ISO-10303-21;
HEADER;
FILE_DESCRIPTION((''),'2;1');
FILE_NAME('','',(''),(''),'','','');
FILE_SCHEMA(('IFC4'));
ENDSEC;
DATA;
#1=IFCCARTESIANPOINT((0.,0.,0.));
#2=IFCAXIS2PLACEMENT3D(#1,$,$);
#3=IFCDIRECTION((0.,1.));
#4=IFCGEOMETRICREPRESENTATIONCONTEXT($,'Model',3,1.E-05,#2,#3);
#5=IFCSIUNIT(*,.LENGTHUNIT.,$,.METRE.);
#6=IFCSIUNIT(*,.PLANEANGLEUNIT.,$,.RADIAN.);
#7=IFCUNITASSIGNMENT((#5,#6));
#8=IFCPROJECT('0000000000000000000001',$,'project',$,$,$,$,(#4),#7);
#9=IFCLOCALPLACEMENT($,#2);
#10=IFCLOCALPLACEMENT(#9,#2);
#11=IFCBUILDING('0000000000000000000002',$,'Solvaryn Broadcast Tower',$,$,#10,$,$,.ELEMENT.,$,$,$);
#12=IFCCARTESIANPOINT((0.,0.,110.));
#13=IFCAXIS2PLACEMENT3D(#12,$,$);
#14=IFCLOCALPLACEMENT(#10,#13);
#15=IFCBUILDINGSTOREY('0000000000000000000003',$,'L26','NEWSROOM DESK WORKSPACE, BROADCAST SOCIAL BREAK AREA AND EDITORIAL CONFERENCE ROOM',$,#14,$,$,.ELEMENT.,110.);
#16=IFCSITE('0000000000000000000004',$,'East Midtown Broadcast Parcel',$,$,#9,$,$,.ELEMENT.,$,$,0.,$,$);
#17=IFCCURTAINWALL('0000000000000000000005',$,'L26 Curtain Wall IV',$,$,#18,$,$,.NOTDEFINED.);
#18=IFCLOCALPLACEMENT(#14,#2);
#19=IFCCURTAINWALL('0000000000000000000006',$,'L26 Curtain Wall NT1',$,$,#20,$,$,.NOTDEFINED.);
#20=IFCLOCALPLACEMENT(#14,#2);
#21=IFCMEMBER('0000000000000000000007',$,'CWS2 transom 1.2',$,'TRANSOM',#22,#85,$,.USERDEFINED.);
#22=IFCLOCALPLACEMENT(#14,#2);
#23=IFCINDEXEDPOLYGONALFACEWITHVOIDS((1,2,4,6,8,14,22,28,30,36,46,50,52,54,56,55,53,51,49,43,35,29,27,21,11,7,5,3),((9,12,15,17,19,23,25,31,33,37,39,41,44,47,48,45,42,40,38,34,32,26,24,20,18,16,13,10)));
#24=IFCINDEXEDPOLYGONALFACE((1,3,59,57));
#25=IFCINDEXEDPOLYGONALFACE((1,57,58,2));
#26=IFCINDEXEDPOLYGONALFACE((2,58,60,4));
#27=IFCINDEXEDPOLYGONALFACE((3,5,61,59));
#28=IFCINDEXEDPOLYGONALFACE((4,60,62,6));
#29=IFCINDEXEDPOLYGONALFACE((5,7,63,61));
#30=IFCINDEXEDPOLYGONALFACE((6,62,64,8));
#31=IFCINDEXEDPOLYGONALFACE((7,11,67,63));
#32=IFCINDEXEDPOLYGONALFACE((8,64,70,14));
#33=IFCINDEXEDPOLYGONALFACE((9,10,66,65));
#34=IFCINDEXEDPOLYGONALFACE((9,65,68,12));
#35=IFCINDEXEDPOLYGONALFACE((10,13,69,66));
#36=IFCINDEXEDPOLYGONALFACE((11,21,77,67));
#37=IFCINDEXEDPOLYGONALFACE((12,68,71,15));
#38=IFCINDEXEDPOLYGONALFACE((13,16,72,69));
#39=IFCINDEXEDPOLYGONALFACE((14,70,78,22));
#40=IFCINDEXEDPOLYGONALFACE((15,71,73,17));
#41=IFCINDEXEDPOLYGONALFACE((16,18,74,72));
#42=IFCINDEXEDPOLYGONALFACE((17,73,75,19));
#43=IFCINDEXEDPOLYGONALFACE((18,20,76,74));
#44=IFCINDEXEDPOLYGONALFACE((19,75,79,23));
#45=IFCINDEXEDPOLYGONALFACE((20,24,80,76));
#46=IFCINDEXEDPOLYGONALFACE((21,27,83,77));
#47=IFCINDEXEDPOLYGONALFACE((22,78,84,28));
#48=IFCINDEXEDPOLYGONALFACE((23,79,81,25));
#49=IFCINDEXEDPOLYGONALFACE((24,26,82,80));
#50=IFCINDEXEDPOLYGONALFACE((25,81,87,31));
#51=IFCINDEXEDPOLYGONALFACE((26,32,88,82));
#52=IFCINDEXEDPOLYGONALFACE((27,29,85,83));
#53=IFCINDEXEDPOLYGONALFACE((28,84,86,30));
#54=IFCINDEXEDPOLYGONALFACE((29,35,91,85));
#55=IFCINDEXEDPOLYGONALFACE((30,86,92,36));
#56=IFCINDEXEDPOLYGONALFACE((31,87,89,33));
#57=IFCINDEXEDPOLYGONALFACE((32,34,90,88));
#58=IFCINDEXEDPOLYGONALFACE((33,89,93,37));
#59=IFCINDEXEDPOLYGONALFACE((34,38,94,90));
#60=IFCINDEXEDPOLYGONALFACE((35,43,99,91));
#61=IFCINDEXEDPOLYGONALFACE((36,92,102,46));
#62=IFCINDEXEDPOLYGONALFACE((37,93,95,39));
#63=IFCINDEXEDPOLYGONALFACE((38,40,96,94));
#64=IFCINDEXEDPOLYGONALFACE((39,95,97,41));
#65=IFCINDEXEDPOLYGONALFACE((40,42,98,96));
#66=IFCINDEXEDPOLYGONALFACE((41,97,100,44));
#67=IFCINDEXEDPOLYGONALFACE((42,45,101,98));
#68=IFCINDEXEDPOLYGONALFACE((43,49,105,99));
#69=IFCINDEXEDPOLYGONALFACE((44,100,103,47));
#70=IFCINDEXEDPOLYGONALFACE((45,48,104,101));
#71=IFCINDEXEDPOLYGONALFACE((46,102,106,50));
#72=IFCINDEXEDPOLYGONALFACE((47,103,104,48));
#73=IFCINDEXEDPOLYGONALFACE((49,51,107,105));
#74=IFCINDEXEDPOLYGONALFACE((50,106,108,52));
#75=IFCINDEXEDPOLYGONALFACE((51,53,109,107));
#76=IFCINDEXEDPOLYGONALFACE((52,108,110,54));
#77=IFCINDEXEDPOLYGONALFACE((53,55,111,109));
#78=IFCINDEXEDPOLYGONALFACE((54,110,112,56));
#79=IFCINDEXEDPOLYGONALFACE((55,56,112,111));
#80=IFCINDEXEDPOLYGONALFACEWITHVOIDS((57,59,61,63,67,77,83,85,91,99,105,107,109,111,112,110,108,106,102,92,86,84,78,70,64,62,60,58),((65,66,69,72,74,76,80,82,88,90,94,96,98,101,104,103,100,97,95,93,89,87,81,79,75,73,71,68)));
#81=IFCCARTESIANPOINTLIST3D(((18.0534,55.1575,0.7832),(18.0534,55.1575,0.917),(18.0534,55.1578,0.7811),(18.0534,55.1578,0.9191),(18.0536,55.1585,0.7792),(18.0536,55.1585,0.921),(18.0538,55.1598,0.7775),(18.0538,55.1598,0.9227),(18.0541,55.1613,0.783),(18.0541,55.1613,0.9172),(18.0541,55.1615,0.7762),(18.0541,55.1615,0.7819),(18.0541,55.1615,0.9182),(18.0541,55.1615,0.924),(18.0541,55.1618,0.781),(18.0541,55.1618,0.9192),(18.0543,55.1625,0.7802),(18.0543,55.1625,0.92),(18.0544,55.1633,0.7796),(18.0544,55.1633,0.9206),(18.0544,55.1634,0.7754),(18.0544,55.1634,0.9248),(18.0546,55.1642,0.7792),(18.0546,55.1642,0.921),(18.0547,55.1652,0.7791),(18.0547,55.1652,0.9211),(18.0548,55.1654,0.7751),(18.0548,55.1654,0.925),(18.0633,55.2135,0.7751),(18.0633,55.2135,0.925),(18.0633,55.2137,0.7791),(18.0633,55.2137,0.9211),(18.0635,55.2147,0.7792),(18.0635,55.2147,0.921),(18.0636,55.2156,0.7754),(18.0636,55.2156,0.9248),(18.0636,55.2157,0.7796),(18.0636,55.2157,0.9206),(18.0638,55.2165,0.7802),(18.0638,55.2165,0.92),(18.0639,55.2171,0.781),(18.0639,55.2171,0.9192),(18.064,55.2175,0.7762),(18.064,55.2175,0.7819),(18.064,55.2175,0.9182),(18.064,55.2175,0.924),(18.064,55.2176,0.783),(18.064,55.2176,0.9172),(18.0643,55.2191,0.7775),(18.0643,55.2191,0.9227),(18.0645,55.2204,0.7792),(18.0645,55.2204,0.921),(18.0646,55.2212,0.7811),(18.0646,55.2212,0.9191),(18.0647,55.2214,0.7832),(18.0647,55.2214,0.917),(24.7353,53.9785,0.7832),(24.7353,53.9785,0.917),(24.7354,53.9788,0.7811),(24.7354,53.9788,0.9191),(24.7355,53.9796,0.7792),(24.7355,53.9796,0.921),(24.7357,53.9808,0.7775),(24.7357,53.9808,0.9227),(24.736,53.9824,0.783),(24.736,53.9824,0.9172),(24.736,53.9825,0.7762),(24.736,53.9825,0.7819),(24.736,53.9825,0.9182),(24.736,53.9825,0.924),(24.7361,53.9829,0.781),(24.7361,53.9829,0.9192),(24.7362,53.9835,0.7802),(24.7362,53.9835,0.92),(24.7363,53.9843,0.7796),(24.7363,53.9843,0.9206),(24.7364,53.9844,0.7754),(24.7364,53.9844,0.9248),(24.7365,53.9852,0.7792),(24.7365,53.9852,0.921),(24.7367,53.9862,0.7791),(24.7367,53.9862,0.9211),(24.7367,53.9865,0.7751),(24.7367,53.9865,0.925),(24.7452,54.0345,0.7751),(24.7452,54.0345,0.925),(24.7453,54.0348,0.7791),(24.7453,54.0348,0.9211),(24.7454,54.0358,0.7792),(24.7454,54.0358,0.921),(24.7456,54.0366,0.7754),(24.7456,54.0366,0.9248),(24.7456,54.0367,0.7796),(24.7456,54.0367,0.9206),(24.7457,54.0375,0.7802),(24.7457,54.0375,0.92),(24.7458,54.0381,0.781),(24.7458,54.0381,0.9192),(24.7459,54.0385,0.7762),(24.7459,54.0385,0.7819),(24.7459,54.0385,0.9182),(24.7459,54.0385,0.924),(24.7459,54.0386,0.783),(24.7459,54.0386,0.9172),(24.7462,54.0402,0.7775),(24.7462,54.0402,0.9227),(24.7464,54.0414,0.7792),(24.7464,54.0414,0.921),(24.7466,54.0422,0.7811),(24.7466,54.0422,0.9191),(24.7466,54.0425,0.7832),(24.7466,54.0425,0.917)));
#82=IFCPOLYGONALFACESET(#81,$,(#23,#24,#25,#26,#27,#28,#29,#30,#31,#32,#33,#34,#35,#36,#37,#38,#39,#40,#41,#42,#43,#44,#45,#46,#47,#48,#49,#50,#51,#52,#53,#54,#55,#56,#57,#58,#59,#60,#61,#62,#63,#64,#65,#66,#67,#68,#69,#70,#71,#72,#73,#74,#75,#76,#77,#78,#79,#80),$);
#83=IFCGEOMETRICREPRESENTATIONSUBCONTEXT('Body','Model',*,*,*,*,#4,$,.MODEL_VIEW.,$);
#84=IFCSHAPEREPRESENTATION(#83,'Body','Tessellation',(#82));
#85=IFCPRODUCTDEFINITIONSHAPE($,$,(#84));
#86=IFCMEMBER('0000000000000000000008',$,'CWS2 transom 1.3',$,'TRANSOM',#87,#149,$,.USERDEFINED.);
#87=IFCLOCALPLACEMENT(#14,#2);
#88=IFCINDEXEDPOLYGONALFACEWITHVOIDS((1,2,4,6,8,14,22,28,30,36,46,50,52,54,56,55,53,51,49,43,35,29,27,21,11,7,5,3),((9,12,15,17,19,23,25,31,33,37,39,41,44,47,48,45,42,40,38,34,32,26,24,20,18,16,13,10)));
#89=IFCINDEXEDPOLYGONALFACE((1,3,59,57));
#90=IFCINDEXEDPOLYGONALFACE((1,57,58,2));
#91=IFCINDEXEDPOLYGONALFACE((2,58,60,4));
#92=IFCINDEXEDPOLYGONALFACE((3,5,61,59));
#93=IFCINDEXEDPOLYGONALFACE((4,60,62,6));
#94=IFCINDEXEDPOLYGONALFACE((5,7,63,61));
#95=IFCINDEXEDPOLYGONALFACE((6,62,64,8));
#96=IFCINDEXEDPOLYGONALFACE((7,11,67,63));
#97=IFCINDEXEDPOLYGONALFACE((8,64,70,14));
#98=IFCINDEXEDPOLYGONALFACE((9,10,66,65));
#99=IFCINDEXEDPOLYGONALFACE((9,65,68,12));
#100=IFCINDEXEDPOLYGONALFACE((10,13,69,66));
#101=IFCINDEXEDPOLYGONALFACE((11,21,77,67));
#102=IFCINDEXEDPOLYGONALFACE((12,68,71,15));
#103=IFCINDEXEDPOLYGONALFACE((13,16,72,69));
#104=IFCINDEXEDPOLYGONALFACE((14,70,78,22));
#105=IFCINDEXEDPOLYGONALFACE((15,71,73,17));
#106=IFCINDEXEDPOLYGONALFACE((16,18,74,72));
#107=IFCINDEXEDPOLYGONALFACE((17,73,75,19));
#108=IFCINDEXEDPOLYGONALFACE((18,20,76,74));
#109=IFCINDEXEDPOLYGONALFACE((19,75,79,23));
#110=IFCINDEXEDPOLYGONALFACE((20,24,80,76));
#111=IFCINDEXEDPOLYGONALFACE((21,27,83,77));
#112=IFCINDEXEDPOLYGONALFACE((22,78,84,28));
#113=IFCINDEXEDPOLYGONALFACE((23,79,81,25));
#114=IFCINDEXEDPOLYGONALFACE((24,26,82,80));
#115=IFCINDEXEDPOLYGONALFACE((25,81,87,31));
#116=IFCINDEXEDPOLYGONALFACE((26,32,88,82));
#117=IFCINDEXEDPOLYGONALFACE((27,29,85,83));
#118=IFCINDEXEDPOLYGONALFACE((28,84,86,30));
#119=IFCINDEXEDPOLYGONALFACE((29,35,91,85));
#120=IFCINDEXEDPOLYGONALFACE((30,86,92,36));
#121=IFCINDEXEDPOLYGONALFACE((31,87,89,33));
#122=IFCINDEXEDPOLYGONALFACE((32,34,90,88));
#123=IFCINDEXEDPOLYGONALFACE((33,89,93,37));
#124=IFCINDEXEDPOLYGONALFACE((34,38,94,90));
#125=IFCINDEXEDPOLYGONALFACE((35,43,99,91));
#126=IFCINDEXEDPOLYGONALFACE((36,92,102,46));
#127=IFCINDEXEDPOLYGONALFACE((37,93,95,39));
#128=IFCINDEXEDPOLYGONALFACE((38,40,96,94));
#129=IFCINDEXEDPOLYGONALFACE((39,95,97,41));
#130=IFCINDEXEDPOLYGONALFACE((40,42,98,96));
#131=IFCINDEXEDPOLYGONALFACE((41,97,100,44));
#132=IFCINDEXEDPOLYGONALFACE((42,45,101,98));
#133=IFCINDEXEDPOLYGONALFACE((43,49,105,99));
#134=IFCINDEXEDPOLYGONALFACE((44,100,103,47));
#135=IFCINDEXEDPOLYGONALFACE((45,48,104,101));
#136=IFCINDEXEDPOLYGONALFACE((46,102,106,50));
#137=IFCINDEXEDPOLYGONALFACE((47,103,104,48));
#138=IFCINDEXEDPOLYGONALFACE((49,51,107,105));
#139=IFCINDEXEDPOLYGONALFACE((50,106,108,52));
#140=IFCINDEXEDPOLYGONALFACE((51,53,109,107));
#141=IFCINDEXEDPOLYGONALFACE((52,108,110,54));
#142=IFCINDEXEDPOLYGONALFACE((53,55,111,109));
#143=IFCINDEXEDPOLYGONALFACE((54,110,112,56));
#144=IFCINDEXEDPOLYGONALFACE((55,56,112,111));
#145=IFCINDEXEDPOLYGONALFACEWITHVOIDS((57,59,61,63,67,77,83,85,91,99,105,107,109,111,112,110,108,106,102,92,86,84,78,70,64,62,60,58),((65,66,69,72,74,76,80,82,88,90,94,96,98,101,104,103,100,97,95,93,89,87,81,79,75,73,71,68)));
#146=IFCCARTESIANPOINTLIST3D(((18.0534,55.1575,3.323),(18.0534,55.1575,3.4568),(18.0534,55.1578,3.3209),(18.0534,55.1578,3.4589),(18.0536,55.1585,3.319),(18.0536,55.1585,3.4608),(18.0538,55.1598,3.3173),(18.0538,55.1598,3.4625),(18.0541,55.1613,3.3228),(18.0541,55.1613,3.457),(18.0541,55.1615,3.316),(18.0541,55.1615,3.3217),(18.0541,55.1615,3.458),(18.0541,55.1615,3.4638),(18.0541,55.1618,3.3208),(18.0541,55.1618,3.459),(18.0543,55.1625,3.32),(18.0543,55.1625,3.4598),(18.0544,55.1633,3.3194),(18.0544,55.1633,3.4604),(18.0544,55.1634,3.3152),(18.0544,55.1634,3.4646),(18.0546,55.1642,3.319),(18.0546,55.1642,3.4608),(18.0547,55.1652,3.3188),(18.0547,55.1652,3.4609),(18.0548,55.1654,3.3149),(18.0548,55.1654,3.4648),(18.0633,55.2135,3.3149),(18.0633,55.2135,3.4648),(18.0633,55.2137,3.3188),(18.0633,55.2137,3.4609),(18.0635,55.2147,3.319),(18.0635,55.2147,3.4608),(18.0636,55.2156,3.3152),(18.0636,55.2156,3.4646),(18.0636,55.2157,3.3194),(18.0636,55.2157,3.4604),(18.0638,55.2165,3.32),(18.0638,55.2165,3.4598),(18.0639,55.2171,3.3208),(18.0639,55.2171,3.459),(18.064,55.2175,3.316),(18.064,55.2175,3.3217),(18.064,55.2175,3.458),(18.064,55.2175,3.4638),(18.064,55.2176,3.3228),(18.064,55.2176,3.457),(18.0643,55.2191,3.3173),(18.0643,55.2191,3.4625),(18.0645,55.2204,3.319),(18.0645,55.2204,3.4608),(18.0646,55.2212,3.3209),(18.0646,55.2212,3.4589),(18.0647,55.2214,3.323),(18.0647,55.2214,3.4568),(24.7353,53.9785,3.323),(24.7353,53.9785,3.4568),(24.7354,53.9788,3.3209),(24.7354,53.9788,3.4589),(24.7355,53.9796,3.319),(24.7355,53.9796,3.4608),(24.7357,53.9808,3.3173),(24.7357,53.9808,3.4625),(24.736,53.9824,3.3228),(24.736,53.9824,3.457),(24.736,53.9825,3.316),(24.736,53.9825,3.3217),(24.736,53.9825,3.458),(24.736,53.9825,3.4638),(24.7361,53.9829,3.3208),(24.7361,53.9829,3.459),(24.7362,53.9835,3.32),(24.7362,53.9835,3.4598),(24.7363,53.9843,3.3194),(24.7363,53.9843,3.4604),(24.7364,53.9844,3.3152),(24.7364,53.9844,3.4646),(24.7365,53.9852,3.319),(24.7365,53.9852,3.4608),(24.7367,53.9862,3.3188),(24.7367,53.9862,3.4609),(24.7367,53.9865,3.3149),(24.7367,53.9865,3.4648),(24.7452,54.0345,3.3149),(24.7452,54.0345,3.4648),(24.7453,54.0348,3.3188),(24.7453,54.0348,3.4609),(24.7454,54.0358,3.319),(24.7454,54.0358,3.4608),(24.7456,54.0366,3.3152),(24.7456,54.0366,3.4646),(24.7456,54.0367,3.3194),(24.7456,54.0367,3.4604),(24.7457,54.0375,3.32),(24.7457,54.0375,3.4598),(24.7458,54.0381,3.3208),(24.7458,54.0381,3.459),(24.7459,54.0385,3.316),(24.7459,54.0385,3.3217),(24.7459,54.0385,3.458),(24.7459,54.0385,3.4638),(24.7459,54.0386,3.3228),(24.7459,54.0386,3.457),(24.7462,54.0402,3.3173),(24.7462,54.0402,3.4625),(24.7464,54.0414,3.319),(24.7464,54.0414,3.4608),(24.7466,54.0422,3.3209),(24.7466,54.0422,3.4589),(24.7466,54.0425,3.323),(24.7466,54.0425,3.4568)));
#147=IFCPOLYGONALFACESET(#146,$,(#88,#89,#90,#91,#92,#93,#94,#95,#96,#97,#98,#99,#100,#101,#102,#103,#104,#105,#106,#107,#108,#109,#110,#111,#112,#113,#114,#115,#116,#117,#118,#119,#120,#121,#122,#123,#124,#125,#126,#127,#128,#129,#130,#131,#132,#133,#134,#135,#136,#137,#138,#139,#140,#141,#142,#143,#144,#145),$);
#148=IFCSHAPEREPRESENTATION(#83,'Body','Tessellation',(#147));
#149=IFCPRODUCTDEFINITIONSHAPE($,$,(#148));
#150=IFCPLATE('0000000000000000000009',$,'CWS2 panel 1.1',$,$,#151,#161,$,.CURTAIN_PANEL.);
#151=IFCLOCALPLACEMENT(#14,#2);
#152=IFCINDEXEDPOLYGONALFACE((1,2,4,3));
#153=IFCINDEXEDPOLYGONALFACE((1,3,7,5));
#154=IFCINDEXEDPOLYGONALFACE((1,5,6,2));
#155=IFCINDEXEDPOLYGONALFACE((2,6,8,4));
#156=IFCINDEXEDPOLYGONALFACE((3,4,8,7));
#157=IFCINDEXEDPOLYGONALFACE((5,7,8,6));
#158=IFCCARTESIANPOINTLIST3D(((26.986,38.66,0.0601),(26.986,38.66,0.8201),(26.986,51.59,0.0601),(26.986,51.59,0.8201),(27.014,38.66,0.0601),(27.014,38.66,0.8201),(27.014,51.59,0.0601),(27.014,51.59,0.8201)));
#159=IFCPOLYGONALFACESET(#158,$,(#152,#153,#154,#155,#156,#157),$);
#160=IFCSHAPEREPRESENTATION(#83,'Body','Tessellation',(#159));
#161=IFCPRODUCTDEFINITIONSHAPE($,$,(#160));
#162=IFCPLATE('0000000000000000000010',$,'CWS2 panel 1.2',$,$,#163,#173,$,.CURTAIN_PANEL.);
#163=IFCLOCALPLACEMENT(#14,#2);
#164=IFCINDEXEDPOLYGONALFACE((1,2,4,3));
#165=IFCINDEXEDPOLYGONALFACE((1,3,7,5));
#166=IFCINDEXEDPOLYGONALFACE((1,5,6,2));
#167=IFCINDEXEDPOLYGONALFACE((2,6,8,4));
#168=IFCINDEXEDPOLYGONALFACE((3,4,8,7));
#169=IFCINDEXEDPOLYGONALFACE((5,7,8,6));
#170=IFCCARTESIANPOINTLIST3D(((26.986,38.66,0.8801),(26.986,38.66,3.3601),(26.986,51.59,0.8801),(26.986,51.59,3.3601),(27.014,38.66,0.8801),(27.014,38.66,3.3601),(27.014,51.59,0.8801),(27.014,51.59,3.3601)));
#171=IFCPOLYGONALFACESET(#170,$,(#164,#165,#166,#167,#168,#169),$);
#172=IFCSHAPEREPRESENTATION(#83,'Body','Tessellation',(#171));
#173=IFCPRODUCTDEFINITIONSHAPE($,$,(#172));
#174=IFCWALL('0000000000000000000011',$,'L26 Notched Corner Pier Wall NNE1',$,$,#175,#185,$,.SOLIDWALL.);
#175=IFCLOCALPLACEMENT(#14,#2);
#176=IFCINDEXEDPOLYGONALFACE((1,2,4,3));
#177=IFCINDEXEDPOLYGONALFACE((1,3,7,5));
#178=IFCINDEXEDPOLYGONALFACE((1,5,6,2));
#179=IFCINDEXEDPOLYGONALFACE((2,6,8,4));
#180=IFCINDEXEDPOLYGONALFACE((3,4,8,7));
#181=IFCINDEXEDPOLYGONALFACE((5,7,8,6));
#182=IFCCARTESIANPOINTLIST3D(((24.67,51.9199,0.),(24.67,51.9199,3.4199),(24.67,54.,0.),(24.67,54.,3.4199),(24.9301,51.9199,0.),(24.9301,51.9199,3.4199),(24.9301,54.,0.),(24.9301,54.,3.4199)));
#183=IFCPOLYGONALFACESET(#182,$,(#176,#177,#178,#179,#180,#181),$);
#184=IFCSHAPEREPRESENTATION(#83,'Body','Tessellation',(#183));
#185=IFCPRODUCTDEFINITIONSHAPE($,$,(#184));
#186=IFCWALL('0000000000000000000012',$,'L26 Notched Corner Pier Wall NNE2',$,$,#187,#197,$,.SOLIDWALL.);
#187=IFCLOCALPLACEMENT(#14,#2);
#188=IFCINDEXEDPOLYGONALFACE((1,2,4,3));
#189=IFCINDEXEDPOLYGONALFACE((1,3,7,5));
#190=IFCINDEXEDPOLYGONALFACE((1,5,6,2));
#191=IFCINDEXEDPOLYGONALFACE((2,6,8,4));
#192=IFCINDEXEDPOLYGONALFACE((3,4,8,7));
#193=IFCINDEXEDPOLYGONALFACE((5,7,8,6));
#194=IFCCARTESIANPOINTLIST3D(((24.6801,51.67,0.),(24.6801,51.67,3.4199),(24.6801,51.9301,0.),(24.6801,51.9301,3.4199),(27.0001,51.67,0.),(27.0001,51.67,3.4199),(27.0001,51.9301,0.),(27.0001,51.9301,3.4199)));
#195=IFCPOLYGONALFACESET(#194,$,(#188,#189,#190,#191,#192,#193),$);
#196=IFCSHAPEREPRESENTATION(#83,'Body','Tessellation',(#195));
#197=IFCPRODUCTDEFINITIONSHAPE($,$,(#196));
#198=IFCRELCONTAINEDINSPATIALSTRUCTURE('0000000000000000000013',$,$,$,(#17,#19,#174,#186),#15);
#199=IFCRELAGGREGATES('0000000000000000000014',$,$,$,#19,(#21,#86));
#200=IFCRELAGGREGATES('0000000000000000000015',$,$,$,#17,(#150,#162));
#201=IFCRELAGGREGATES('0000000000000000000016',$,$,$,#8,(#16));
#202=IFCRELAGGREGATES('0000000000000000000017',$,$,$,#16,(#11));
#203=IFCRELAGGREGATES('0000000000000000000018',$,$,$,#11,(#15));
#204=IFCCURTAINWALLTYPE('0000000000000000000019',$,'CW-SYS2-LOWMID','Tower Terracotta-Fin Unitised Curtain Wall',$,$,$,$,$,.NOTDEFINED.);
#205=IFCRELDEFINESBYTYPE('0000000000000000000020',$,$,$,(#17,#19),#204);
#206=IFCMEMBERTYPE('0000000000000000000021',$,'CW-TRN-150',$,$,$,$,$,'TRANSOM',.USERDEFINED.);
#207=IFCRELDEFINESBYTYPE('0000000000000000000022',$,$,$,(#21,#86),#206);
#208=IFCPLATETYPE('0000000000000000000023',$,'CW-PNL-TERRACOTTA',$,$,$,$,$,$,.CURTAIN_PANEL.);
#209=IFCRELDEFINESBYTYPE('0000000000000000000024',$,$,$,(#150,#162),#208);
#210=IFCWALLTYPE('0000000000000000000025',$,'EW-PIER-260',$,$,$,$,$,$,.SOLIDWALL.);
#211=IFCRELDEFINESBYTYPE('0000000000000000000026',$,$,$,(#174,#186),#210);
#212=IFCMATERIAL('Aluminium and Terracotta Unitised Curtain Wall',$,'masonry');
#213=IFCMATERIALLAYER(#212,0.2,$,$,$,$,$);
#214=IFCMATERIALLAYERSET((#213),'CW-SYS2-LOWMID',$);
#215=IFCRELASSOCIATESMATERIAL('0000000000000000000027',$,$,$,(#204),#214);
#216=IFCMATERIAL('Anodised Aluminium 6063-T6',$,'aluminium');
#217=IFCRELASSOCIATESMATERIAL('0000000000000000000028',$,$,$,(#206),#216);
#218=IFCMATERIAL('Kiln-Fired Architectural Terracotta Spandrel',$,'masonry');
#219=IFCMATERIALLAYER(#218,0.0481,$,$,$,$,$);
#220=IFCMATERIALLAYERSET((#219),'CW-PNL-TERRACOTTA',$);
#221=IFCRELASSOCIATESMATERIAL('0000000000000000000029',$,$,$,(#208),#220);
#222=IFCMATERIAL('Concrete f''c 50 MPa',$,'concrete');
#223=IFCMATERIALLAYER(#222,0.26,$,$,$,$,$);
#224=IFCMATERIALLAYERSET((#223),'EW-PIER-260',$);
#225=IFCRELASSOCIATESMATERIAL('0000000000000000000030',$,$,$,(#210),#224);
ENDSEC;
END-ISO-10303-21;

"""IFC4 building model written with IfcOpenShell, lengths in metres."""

from ifc_helpers import new_model, si_unit, direction, frame, frame_2d, origin, origin_2d, place, context, subcontext, project, spatial, rectangle, hollow_rectangle, extrude, material, layer, layer_set, material_profile, profile_set, type_object, element, aggregate, save


model = new_model("IFC4")

# Units and contexts
model_context = context("Model", 3, precision=1e-05, world=origin(), true_north=direction((0.0, 1.0)))
body_context = subcontext(model_context, "Body", "Model", "MODEL_VIEW")
ifc_project = project(units=[si_unit("LENGTHUNIT", "METRE"), si_unit("PLANEANGLEUNIT", "RADIAN")], contexts=[model_context])

# Site, building, storey
site_placement = place(None, origin())
site = spatial("IfcSite", under=ifc_project, at=site_placement, Name="East Midtown Broadcast Parcel", CompositionType="ELEMENT", RefElevation=0.0)
building_placement = place(site_placement, origin())
building = spatial("IfcBuilding", under=site, at=building_placement, Name="Solvaryn Broadcast Tower", CompositionType="ELEMENT")
storey_placement = place(building_placement, frame((0.0, 0.0, 110.0)))
storey = spatial("IfcBuildingStorey", under=building, at=storey_placement, Name="L26", Description="NEWSROOM DESK WORKSPACE, BROADCAST SOCIAL BREAK AREA AND EDITORIAL CONFERENCE ROOM", CompositionType="ELEMENT", Elevation=110.0)

# Curtain wall
ifc_material_1 = material(Name="Aluminium and Terracotta Unitised Curtain Wall", Category="masonry")
ifc_layer_1 = layer(ifc_material_1, 0.2)
ifc_layer_set_1 = layer_set([ifc_layer_1], Name="CW-SYS2-LOWMID")
curtain_wall_type = type_object("IfcCurtainWallType", Name="CW-SYS2-LOWMID", Description="Tower Terracotta-Fin Unitised Curtain Wall", PredefinedType="NOTDEFINED", material=ifc_layer_set_1)
curtain_wall_1_placement = place(storey_placement, origin())
curtain_wall_1 = element("IfcCurtainWall", 1, at=curtain_wall_1_placement, inside=storey, type_object=curtain_wall_type, Name="L26 Curtain Wall IV", PredefinedType="NOTDEFINED")

# Curtain wall
curtain_wall_2_placement = place(storey_placement, origin())
curtain_wall_2 = element("IfcCurtainWall", 2, at=curtain_wall_2_placement, inside=storey, type_object=curtain_wall_type, Name="L26 Curtain Wall NT1", PredefinedType="NOTDEFINED")

# Members
ifc_material_2 = material(Name="Anodised Aluminium 6063-T6", Category="aluminium")
ifc_material_profile_1 = material_profile(ifc_material_2, hollow_rectangle(XDim=0.0649, YDim=0.1499, WallThickness=0.0039, InnerFilletRadius=0.0039, OuterFilletRadius=0.0081, at=origin_2d()))
ifc_profile_set_1 = profile_set([ifc_material_profile_1], Name="Anodised Aluminium 6063-T6")
member_type_1 = type_object("IfcMemberType", Name="CW-TRN-150", ElementType="TRANSOM", PredefinedType="USERDEFINED", material=ifc_profile_set_1)
member_1_placement = place(storey_placement, frame((24.741, 54.0105, 0.8501), z_axis=(-0.984789, 0.173757, 0.0), x_axis=(-0.173757, -0.984789, 0.0)))
member_1 = element("IfcMember", 3, at=member_1_placement, type_object=member_type_1, Name="CWS2 transom 1.2", ObjectType="TRANSOM", PredefinedType="USERDEFINED", context=body_context, shape_type="SweptSolid", body=[
    extrude(hollow_rectangle(XDim=0.0649, YDim=0.1499, WallThickness=0.0039, InnerFilletRadius=0.0039, OuterFilletRadius=0.0081, at=origin_2d()), origin(), (0.0, 0.0, 1.0), 6.7852),
])
member_2_placement = place(storey_placement, frame((24.741, 54.0105, 3.3899), z_axis=(-0.984789, 0.173757, 0.0), x_axis=(-0.173757, -0.984789, 0.0)))
member_2 = element("IfcMember", 4, at=member_2_placement, type_object=member_type_1, Name="CWS2 transom 1.3", ObjectType="TRANSOM", PredefinedType="USERDEFINED", context=body_context, shape_type="SweptSolid", body=[
    extrude(hollow_rectangle(XDim=0.0649, YDim=0.1499, WallThickness=0.0039, InnerFilletRadius=0.0039, OuterFilletRadius=0.0081, at=origin_2d()), origin(), (0.0, 0.0, 1.0), 6.7852),
])
aggregate(curtain_wall_2, [member_1, member_2])

# Plates
ifc_material_3 = material(Name="Kiln-Fired Architectural Terracotta Spandrel", Category="masonry")
ifc_layer_2 = layer(ifc_material_3, 0.0481)
ifc_layer_set_2 = layer_set([ifc_layer_2], Name="CW-PNL-TERRACOTTA")
plate_type = type_object("IfcPlateType", Name="CW-PNL-TERRACOTTA", PredefinedType="CURTAIN_PANEL", material=ifc_layer_set_2)
plate_1_placement = place(storey_placement, frame((27.0, 45.125, 0.0601), z_axis=(0.0, 0.0, 1.0), x_axis=(0.0, -1.0, 0.0)))
plate_1 = element("IfcPlate", 5, at=plate_1_placement, type_object=plate_type, Name="CWS2 panel 1.1", PredefinedType="CURTAIN_PANEL", context=body_context, shape_type="SweptSolid", body=[
    extrude(rectangle(XDim=12.9299, YDim=0.0281, at=origin_2d()), origin(), (0.0, 0.0, 1.0), 0.76),
])
plate_2_placement = place(storey_placement, frame((27.0, 45.125, 0.8801), z_axis=(0.0, 0.0, 1.0), x_axis=(0.0, -1.0, 0.0)))
plate_2 = element("IfcPlate", 6, at=plate_2_placement, type_object=plate_type, Name="CWS2 panel 1.2", PredefinedType="CURTAIN_PANEL", context=body_context, shape_type="SweptSolid", body=[
    extrude(rectangle(XDim=12.9299, YDim=0.0281, at=origin_2d()), origin(), (0.0, 0.0, 1.0), 2.48),
])
aggregate(curtain_wall_1, [plate_1, plate_2])

# Walls
ifc_material_4 = material(Name="Concrete f'c 50 MPa", Category="concrete")
ifc_layer_3 = layer(ifc_material_4, 0.26)
ifc_layer_set_3 = layer_set([ifc_layer_3], Name="EW-PIER-260")
wall_type_1 = type_object("IfcWallType", Name="EW-PIER-260", PredefinedType="SOLIDWALL", material=ifc_layer_set_3)
wall_1_placement = place(storey_placement, frame((24.8, 54.0, 0.0), z_axis=(0.0, 0.0, 1.0), x_axis=(0.0, -1.0, 0.0)))
element("IfcWall", 7, at=wall_1_placement, inside=storey, type_object=wall_type_1, Name="L26 Notched Corner Pier Wall NNE1", PredefinedType="SOLIDWALL", context=body_context, shape_type="SweptSolid", body=[
    extrude(rectangle(XDim=2.0801, YDim=0.26, at=frame_2d((1.04, 0.0))), origin(), (0.0, 0.0, 1.0), 3.4199),
])
wall_2_placement = place(storey_placement, frame((24.6799, 51.8, 0.0), z_axis=(0.0, 0.0, 1.0), x_axis=(1.0, 0.0, 0.0)))
element("IfcWall", 8, at=wall_2_placement, inside=storey, type_object=wall_type_1, Name="L26 Notched Corner Pier Wall NNE2", PredefinedType="SOLIDWALL", context=body_context, shape_type="SweptSolid", body=[
    extrude(rectangle(XDim=2.3201, YDim=0.26, at=frame_2d((1.1602, 0.0))), origin(), (0.0, 0.0, 1.0), 3.4199),
])

save(model, "model.ifc")
